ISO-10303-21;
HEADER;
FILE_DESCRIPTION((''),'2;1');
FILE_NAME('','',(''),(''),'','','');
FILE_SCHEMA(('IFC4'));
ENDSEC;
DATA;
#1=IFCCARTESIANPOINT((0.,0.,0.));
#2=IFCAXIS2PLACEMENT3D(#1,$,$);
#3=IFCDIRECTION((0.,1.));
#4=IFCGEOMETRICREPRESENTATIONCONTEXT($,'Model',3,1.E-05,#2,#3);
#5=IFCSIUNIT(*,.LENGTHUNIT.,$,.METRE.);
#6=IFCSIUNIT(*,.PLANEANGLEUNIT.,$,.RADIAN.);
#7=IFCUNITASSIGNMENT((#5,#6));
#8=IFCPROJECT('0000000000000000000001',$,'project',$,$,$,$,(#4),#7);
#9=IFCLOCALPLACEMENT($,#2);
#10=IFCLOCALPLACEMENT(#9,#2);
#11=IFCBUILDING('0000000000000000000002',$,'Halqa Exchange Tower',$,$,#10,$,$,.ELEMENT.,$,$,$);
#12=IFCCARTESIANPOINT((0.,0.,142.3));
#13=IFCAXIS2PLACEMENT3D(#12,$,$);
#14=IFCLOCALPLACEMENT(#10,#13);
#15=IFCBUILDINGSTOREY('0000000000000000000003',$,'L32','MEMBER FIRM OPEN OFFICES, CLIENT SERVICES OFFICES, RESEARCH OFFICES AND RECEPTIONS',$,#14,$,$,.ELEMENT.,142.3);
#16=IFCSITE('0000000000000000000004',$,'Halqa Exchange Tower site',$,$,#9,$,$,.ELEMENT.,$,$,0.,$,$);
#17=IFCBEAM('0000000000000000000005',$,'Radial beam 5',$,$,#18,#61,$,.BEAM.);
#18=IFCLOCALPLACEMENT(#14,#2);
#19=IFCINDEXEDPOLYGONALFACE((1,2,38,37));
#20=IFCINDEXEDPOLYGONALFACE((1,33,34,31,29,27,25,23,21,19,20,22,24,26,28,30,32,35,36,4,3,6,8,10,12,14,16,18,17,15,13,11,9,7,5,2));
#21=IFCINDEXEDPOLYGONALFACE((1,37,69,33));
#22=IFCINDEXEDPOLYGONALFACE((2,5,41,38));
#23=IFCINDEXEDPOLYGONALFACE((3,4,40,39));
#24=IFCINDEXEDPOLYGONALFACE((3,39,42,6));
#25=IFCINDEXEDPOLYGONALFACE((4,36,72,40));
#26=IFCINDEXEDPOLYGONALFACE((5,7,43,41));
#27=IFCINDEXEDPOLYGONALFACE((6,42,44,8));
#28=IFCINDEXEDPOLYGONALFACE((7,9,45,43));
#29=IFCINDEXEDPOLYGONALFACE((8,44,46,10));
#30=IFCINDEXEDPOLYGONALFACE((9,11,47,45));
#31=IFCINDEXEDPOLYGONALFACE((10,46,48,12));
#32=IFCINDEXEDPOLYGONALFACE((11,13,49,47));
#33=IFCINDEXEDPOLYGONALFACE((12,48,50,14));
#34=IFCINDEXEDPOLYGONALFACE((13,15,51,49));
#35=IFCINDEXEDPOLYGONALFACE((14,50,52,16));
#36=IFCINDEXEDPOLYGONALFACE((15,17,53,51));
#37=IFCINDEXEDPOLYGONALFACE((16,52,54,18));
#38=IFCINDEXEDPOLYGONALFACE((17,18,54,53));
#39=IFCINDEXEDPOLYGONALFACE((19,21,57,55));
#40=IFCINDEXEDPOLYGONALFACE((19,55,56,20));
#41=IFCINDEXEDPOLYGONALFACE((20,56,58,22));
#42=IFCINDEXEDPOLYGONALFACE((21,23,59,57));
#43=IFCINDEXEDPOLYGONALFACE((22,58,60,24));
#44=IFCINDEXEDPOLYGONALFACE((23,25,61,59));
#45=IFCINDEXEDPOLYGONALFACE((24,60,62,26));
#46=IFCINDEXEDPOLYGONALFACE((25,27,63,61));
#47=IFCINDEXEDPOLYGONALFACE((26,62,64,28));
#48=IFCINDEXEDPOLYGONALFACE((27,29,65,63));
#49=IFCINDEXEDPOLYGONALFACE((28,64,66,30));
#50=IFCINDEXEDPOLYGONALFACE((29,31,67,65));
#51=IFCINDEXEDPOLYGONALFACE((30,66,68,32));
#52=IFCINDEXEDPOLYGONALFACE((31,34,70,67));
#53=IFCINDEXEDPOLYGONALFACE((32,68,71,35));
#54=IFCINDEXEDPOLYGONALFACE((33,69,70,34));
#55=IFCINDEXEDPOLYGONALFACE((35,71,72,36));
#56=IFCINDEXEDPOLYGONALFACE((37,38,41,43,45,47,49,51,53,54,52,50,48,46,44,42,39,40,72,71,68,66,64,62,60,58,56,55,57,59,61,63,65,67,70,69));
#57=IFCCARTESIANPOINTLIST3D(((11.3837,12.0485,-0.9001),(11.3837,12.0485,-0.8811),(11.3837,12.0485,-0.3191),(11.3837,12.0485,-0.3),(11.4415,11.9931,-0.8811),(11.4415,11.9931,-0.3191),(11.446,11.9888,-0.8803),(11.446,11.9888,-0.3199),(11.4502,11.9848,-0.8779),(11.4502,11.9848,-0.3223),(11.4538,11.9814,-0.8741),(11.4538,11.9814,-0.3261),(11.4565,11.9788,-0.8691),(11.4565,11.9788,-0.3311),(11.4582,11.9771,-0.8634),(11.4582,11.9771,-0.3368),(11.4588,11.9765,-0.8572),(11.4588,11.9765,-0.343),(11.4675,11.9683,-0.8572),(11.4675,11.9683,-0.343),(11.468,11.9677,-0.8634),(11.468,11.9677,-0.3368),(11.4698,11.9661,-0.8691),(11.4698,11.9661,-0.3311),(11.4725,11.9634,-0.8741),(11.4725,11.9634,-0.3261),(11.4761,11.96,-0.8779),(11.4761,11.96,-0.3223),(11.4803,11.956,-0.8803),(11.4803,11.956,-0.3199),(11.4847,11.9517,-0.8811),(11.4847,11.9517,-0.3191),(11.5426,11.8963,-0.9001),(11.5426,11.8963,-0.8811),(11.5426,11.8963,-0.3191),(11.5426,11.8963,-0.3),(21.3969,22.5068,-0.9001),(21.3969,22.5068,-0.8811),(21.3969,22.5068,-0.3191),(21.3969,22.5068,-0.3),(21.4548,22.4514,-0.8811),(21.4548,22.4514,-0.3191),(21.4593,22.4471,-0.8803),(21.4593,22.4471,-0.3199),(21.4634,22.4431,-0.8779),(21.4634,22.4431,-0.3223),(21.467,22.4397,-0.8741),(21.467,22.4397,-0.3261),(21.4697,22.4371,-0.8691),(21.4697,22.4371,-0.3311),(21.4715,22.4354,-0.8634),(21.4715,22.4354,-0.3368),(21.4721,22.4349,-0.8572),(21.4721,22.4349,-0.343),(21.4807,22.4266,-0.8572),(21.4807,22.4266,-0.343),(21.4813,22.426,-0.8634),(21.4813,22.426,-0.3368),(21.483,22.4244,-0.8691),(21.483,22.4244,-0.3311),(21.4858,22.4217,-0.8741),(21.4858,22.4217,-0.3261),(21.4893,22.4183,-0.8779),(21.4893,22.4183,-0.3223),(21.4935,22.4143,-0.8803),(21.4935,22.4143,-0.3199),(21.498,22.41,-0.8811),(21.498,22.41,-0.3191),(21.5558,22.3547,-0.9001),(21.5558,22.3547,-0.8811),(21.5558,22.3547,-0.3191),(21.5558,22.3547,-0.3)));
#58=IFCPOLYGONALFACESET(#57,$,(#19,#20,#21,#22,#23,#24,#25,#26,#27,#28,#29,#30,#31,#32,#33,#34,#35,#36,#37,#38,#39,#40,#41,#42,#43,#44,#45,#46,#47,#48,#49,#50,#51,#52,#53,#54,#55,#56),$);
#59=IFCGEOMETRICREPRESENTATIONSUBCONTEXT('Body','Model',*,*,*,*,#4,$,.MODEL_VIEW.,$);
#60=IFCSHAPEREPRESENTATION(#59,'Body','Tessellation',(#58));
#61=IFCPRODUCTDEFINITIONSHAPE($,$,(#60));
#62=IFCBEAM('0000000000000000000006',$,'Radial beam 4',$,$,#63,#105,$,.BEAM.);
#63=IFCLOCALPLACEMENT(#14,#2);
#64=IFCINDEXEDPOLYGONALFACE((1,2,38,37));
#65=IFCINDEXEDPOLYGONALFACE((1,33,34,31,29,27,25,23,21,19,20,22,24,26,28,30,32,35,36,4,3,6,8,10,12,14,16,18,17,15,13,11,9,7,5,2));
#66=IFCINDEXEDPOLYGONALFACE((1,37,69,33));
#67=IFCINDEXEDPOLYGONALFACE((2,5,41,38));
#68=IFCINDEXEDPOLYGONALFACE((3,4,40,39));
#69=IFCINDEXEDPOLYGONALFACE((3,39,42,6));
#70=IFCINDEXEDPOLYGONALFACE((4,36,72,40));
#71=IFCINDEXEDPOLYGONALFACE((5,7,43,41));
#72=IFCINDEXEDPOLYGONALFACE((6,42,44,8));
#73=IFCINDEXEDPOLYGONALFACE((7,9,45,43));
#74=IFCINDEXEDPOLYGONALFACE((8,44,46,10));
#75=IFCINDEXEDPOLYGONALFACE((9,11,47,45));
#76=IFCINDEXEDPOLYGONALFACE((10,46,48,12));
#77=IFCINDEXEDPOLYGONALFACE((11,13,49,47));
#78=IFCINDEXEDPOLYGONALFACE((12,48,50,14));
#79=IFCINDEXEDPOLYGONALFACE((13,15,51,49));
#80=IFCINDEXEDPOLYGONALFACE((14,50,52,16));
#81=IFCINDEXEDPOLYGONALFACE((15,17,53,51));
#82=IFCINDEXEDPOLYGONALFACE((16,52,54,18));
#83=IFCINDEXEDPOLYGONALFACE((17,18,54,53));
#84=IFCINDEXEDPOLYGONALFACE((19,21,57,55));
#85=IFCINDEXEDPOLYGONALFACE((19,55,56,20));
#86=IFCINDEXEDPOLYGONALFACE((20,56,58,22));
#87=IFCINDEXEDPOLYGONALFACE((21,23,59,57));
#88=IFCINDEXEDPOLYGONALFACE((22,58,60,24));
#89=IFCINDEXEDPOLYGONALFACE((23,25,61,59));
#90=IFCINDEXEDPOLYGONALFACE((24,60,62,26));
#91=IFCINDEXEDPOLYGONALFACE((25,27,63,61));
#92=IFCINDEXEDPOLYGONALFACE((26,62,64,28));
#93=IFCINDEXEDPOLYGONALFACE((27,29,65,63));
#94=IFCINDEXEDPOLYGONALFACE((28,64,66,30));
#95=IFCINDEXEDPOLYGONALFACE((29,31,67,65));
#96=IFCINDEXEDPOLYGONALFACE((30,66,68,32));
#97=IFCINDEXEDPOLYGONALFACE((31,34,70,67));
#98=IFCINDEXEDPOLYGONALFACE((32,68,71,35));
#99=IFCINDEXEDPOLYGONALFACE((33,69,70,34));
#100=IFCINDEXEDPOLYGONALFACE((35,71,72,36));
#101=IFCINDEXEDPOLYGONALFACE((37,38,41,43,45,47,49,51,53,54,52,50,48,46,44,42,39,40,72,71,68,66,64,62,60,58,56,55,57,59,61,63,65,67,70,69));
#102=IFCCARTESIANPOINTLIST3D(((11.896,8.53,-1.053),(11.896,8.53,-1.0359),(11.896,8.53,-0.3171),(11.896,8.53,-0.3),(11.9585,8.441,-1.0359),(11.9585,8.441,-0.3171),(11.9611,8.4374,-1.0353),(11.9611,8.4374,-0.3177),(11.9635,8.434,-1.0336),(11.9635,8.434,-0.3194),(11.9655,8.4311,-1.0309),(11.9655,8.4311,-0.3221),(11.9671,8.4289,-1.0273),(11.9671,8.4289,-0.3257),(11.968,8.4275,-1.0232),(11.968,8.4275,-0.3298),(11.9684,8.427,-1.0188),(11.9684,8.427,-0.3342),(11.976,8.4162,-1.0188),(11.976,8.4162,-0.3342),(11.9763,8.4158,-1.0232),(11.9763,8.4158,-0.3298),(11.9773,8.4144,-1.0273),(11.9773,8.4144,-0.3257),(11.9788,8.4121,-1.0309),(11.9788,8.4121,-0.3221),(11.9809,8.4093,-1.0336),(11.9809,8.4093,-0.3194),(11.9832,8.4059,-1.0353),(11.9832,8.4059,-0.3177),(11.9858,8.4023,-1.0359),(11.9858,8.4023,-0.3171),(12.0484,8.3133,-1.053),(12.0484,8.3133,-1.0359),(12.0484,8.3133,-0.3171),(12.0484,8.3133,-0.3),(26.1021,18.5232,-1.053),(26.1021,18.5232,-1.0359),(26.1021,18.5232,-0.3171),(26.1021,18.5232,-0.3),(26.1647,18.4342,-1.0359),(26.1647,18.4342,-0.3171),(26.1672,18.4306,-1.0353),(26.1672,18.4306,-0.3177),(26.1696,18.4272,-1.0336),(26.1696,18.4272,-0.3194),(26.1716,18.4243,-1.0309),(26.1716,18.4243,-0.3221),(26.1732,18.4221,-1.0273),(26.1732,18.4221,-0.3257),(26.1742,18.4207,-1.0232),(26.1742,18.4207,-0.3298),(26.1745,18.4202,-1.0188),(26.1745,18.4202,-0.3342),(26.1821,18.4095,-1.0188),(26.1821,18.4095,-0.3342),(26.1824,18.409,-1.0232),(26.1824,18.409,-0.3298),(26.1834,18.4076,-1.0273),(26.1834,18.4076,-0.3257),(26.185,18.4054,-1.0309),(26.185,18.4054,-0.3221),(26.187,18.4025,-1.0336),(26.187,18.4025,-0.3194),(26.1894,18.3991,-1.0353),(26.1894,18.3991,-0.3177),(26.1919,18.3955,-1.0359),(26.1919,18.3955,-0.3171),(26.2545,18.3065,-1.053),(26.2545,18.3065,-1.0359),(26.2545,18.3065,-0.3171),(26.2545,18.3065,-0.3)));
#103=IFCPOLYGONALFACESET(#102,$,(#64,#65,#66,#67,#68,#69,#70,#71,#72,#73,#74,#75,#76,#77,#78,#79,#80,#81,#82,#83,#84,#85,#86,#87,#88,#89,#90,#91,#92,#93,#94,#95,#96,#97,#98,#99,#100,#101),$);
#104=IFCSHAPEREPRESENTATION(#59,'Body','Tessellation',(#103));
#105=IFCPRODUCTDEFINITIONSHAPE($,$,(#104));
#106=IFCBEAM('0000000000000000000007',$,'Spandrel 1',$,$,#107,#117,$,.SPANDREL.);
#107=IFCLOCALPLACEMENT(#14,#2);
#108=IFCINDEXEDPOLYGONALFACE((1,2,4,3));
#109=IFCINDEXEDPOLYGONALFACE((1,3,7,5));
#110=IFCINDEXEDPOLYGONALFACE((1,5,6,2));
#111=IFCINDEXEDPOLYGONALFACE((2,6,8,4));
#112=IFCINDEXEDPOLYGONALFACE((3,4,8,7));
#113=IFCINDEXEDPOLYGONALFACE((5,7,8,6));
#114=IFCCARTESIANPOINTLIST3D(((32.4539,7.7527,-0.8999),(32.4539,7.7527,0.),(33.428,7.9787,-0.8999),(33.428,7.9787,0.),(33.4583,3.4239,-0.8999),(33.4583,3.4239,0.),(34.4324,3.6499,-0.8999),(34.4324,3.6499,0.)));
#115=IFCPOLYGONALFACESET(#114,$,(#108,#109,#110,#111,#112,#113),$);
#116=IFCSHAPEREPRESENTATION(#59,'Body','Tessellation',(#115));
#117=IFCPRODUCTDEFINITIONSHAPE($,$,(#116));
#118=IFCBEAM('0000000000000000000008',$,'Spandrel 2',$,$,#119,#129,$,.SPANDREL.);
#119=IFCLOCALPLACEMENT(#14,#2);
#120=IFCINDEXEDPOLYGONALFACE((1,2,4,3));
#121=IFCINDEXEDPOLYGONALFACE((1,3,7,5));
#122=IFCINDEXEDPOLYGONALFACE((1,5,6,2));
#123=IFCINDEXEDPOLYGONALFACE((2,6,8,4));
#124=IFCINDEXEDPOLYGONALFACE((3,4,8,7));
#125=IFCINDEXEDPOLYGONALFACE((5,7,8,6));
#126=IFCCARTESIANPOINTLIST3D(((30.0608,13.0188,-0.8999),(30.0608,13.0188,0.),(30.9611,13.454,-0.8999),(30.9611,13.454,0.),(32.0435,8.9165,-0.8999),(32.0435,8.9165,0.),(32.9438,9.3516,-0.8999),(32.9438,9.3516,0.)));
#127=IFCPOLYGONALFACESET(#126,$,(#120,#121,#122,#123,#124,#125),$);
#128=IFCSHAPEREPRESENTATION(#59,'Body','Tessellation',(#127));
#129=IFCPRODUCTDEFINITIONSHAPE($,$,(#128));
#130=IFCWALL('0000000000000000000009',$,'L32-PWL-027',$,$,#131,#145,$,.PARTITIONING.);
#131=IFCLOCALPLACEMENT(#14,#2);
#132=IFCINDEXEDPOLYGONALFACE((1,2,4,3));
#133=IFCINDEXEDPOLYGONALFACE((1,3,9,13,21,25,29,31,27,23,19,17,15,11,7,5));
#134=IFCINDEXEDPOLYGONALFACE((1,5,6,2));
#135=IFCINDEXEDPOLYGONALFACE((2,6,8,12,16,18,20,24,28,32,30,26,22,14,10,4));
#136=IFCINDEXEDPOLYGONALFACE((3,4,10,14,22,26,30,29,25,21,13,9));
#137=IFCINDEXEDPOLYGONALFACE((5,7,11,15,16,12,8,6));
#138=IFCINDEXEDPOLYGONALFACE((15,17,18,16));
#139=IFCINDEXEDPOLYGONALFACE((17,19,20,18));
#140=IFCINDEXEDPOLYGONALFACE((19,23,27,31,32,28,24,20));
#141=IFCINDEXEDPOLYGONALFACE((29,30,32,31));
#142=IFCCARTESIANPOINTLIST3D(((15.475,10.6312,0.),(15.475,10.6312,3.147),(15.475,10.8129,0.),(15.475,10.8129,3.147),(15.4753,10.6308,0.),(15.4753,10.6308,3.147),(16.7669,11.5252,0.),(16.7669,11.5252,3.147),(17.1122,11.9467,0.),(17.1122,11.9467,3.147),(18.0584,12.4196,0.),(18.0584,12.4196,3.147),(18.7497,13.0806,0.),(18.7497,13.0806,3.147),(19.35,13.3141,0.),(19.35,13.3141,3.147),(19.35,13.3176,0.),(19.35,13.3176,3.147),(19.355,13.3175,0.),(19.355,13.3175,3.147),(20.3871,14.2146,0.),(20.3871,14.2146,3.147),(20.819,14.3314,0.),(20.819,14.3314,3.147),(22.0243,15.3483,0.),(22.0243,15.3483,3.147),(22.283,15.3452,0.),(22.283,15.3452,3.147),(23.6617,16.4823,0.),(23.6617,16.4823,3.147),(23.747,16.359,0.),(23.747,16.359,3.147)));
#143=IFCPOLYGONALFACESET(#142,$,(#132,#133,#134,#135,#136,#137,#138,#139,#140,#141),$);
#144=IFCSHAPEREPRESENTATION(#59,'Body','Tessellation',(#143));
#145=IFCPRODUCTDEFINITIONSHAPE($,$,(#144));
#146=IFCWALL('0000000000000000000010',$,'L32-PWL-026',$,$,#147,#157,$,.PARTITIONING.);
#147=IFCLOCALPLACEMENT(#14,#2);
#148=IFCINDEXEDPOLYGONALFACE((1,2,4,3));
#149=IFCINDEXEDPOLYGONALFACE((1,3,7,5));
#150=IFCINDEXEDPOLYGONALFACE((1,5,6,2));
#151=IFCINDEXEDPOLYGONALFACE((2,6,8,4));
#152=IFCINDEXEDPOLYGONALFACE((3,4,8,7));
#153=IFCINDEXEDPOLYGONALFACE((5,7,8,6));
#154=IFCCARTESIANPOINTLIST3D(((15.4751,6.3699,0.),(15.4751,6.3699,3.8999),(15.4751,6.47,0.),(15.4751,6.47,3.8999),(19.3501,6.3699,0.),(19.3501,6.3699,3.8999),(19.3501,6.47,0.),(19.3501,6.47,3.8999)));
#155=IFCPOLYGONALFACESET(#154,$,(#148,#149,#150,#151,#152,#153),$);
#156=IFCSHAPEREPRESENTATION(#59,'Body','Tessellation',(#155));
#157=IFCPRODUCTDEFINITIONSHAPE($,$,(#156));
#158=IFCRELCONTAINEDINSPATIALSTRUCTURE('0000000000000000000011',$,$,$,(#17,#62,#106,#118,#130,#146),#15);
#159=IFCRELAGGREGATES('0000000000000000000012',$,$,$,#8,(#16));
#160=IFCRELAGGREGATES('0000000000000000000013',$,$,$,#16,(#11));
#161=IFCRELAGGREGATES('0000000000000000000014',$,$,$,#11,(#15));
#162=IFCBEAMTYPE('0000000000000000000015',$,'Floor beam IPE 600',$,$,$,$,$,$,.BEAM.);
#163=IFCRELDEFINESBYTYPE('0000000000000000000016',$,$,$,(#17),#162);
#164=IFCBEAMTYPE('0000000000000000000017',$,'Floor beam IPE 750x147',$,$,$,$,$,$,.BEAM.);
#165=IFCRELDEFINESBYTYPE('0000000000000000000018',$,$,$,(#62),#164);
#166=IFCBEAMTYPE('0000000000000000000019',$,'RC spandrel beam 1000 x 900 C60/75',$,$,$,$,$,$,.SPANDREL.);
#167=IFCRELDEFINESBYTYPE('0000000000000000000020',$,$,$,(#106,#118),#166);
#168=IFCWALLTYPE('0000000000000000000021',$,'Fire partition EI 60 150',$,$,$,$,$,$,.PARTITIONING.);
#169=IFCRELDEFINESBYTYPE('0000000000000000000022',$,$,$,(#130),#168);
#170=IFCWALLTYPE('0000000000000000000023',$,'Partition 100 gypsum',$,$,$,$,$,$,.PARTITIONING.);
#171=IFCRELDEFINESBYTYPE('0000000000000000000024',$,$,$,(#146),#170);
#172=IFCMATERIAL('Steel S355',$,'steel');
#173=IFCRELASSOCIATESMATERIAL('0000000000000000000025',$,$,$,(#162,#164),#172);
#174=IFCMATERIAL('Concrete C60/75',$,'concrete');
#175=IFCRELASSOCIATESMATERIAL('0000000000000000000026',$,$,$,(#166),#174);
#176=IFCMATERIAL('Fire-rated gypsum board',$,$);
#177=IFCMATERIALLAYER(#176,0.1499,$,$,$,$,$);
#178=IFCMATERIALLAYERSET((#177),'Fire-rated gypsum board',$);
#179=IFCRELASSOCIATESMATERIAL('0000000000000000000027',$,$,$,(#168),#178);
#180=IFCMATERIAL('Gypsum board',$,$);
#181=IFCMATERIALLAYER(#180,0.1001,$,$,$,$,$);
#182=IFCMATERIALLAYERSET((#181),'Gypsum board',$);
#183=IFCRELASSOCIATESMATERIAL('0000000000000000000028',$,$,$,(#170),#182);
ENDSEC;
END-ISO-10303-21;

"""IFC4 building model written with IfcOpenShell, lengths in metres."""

from ifc_helpers import new_model, si_unit, direction, frame, frame_2d, origin, origin_2d, place, context, subcontext, project, spatial, polyline, rectangle, i_section, outline, extrude, material, layer, layer_set, material_profile, profile_set, type_object, element, save


model = new_model("IFC4")

# Units and contexts
model_context = context("Model", 3, precision=1e-05, world=origin(), true_north=direction((0.0, 1.0)))
body_context = subcontext(model_context, "Body", "Model", "MODEL_VIEW")
ifc_project = project(units=[si_unit("LENGTHUNIT", "METRE"), si_unit("PLANEANGLEUNIT", "RADIAN")], contexts=[model_context])

# Site, building, storey
site_placement = place(None, origin())
site = spatial("IfcSite", under=ifc_project, at=site_placement, Name="Halqa Exchange Tower site", CompositionType="ELEMENT", RefElevation=0.0)
building_placement = place(site_placement, origin())
building = spatial("IfcBuilding", under=site, at=building_placement, Name="Halqa Exchange Tower", CompositionType="ELEMENT")
storey_placement = place(building_placement, frame((0.0, 0.0, 142.3)))
storey = spatial("IfcBuildingStorey", under=building, at=storey_placement, Name="L32", Description="MEMBER FIRM OPEN OFFICES, CLIENT SERVICES OFFICES, RESEARCH OFFICES AND RECEPTIONS", CompositionType="ELEMENT", Elevation=142.3)

# Beams
ifc_material_1 = material(Name="Steel S355", Category="steel")
ifc_material_profile_1 = material_profile(ifc_material_1, i_section(OverallWidth=0.22, OverallDepth=0.6001, WebThickness=0.012, FlangeThickness=0.019, FilletRadius=0.0239, at=origin_2d()), Name="IPE 600")
ifc_profile_set_1 = profile_set([ifc_material_profile_1], Name="Steel S355")
beam_type_1 = type_object("IfcBeamType", Name="Floor beam IPE 600", PredefinedType="BEAM", material=ifc_profile_set_1)
beam_1_placement = place(storey_placement, frame((11.4631, 11.9724, -0.6001), z_axis=(0.69157, 0.722309, 0.0), x_axis=(-0.722309, 0.69157, 0.0)))
element("IfcBeam", 1, at=beam_1_placement, inside=storey, type_object=beam_type_1, Name="Radial beam 5", PredefinedType="BEAM", context=body_context, shape_type="SweptSolid", body=[
    extrude(i_section(OverallWidth=0.22, OverallDepth=0.6001, WebThickness=0.012, FlangeThickness=0.019, FilletRadius=0.0239, at=origin_2d()), origin(), (0.0, 0.0, 1.0), 14.479),
])
ifc_material_profile_2 = material_profile(ifc_material_1, i_section(OverallWidth=0.2649, OverallDepth=0.7529, WebThickness=0.0132, FlangeThickness=0.0171, FilletRadius=0.0171, at=origin_2d()), Name="IPE 750x147")
ifc_profile_set_2 = profile_set([ifc_material_profile_2], Name="Steel S355")
beam_type_2 = type_object("IfcBeamType", Name="Floor beam IPE 750x147", PredefinedType="BEAM", material=ifc_profile_set_2)
beam_2_placement = place(storey_placement, frame((11.9722, 8.4216, -0.6765), z_axis=(0.817906, 0.575351, 0.0), x_axis=(-0.575351, 0.817906, 0.0)))
element("IfcBeam", 2, at=beam_2_placement, inside=storey, type_object=beam_type_2, Name="Radial beam 4", PredefinedType="BEAM", context=body_context, shape_type="SweptSolid", body=[
    extrude(i_section(OverallWidth=0.2649, OverallDepth=0.7529, WebThickness=0.0132, FlangeThickness=0.0171, FilletRadius=0.0171, at=origin_2d()), origin(), (0.0, 0.0, 1.0), 17.3689),
])
ifc_material_2 = material(Name="Concrete C60/75", Category="concrete")
ifc_material_profile_3 = material_profile(ifc_material_2, rectangle(XDim=1.0, YDim=0.8999, at=origin_2d()), Name="1000 x 900")
ifc_profile_set_3 = profile_set([ifc_material_profile_3], Name="Concrete C60/75")
beam_type_3 = type_object("IfcBeamType", Name="RC spandrel beam 1000 x 900 C60/75", PredefinedType="SPANDREL", material=ifc_profile_set_3)
beam_3_placement = place(storey_placement, frame((33.9453, 3.5369, -0.45), z_axis=(-0.226019, 0.974123, 0.0), x_axis=(-0.974123, -0.226019, 0.0)))
element("IfcBeam", 3, at=beam_3_placement, inside=storey, type_object=beam_type_3, Name="Spandrel 1", PredefinedType="SPANDREL", context=body_context, shape_type="SweptSolid", body=[
    extrude(rectangle(XDim=1.0, YDim=0.8999, at=origin_2d()), origin(), (0.0, 0.0, 1.0), 4.4438),
])
beam_4_placement = place(storey_placement, frame((32.4937, 9.134, -0.45), z_axis=(-0.435149, 0.900358, 0.0), x_axis=(-0.900358, -0.435149, 0.0)))
element("IfcBeam", 4, at=beam_4_placement, inside=storey, type_object=beam_type_3, Name="Spandrel 2", PredefinedType="SPANDREL", context=body_context, shape_type="SweptSolid", body=[
    extrude(rectangle(XDim=1.0, YDim=0.8999, at=origin_2d()), origin(), (0.0, 0.0, 1.0), 4.5564),
])

# Walls
ifc_material_3 = material(Name="Fire-rated gypsum board")
ifc_layer_1 = layer(ifc_material_3, 0.1499)
ifc_layer_set_1 = layer_set([ifc_layer_1], Name="Fire-rated gypsum board")
wall_type_1 = type_object("IfcWallType", Name="Fire partition EI 60 150", PredefinedType="PARTITIONING", material=ifc_layer_set_1)
wall_1_placement = place(storey_placement, frame((15.4326, 10.6924, 0.0), z_axis=(0.0, 0.0, 1.0), x_axis=(0.822114, 0.569324, 0.0)))
element("IfcWall", 5, at=wall_1_placement, inside=storey, type_object=wall_type_1, Name="L32-PWL-027", PredefinedType="PARTITIONING", context=body_context, shape_type="SweptSolid", body=[
    extrude(outline(polyline([(0.0, -0.075), (1.571, -0.075), (3.1421, -0.075), (4.7131, -0.075), (4.7151, -0.072), (4.7192, -0.075), (6.5, -0.075), (8.2808, -0.075), (10.0615, -0.075), (10.0615, 0.075), (8.0698, 0.075), (6.0784, 0.075), (4.0867, 0.075), (2.095, 0.075), (0.1035, 0.075), (0.0, -0.0745), (0.0, -0.075)])), origin(), (0.0, 0.0, 1.0), 3.147),
])
ifc_material_4 = material(Name="Gypsum board")
ifc_layer_2 = layer(ifc_material_4, 0.1001)
ifc_layer_set_2 = layer_set([ifc_layer_2], Name="Gypsum board")
wall_type_2 = type_object("IfcWallType", Name="Partition 100 gypsum", PredefinedType="PARTITIONING", material=ifc_layer_set_2)
wall_2_placement = place(storey_placement, frame((15.4751, 6.4199, 0.0), z_axis=(0.0, 0.0, 1.0), x_axis=(1.0, 0.0, 0.0)))
element("IfcWall", 6, at=wall_2_placement, inside=storey, type_object=wall_type_2, Name="L32-PWL-026", PredefinedType="PARTITIONING", context=body_context, shape_type="SweptSolid", body=[
    extrude(rectangle(XDim=3.875, YDim=0.1001, at=frame_2d((1.9375, 0.0))), origin(), (0.0, 0.0, 1.0), 3.8999),
])

save(model, "model.ifc")
